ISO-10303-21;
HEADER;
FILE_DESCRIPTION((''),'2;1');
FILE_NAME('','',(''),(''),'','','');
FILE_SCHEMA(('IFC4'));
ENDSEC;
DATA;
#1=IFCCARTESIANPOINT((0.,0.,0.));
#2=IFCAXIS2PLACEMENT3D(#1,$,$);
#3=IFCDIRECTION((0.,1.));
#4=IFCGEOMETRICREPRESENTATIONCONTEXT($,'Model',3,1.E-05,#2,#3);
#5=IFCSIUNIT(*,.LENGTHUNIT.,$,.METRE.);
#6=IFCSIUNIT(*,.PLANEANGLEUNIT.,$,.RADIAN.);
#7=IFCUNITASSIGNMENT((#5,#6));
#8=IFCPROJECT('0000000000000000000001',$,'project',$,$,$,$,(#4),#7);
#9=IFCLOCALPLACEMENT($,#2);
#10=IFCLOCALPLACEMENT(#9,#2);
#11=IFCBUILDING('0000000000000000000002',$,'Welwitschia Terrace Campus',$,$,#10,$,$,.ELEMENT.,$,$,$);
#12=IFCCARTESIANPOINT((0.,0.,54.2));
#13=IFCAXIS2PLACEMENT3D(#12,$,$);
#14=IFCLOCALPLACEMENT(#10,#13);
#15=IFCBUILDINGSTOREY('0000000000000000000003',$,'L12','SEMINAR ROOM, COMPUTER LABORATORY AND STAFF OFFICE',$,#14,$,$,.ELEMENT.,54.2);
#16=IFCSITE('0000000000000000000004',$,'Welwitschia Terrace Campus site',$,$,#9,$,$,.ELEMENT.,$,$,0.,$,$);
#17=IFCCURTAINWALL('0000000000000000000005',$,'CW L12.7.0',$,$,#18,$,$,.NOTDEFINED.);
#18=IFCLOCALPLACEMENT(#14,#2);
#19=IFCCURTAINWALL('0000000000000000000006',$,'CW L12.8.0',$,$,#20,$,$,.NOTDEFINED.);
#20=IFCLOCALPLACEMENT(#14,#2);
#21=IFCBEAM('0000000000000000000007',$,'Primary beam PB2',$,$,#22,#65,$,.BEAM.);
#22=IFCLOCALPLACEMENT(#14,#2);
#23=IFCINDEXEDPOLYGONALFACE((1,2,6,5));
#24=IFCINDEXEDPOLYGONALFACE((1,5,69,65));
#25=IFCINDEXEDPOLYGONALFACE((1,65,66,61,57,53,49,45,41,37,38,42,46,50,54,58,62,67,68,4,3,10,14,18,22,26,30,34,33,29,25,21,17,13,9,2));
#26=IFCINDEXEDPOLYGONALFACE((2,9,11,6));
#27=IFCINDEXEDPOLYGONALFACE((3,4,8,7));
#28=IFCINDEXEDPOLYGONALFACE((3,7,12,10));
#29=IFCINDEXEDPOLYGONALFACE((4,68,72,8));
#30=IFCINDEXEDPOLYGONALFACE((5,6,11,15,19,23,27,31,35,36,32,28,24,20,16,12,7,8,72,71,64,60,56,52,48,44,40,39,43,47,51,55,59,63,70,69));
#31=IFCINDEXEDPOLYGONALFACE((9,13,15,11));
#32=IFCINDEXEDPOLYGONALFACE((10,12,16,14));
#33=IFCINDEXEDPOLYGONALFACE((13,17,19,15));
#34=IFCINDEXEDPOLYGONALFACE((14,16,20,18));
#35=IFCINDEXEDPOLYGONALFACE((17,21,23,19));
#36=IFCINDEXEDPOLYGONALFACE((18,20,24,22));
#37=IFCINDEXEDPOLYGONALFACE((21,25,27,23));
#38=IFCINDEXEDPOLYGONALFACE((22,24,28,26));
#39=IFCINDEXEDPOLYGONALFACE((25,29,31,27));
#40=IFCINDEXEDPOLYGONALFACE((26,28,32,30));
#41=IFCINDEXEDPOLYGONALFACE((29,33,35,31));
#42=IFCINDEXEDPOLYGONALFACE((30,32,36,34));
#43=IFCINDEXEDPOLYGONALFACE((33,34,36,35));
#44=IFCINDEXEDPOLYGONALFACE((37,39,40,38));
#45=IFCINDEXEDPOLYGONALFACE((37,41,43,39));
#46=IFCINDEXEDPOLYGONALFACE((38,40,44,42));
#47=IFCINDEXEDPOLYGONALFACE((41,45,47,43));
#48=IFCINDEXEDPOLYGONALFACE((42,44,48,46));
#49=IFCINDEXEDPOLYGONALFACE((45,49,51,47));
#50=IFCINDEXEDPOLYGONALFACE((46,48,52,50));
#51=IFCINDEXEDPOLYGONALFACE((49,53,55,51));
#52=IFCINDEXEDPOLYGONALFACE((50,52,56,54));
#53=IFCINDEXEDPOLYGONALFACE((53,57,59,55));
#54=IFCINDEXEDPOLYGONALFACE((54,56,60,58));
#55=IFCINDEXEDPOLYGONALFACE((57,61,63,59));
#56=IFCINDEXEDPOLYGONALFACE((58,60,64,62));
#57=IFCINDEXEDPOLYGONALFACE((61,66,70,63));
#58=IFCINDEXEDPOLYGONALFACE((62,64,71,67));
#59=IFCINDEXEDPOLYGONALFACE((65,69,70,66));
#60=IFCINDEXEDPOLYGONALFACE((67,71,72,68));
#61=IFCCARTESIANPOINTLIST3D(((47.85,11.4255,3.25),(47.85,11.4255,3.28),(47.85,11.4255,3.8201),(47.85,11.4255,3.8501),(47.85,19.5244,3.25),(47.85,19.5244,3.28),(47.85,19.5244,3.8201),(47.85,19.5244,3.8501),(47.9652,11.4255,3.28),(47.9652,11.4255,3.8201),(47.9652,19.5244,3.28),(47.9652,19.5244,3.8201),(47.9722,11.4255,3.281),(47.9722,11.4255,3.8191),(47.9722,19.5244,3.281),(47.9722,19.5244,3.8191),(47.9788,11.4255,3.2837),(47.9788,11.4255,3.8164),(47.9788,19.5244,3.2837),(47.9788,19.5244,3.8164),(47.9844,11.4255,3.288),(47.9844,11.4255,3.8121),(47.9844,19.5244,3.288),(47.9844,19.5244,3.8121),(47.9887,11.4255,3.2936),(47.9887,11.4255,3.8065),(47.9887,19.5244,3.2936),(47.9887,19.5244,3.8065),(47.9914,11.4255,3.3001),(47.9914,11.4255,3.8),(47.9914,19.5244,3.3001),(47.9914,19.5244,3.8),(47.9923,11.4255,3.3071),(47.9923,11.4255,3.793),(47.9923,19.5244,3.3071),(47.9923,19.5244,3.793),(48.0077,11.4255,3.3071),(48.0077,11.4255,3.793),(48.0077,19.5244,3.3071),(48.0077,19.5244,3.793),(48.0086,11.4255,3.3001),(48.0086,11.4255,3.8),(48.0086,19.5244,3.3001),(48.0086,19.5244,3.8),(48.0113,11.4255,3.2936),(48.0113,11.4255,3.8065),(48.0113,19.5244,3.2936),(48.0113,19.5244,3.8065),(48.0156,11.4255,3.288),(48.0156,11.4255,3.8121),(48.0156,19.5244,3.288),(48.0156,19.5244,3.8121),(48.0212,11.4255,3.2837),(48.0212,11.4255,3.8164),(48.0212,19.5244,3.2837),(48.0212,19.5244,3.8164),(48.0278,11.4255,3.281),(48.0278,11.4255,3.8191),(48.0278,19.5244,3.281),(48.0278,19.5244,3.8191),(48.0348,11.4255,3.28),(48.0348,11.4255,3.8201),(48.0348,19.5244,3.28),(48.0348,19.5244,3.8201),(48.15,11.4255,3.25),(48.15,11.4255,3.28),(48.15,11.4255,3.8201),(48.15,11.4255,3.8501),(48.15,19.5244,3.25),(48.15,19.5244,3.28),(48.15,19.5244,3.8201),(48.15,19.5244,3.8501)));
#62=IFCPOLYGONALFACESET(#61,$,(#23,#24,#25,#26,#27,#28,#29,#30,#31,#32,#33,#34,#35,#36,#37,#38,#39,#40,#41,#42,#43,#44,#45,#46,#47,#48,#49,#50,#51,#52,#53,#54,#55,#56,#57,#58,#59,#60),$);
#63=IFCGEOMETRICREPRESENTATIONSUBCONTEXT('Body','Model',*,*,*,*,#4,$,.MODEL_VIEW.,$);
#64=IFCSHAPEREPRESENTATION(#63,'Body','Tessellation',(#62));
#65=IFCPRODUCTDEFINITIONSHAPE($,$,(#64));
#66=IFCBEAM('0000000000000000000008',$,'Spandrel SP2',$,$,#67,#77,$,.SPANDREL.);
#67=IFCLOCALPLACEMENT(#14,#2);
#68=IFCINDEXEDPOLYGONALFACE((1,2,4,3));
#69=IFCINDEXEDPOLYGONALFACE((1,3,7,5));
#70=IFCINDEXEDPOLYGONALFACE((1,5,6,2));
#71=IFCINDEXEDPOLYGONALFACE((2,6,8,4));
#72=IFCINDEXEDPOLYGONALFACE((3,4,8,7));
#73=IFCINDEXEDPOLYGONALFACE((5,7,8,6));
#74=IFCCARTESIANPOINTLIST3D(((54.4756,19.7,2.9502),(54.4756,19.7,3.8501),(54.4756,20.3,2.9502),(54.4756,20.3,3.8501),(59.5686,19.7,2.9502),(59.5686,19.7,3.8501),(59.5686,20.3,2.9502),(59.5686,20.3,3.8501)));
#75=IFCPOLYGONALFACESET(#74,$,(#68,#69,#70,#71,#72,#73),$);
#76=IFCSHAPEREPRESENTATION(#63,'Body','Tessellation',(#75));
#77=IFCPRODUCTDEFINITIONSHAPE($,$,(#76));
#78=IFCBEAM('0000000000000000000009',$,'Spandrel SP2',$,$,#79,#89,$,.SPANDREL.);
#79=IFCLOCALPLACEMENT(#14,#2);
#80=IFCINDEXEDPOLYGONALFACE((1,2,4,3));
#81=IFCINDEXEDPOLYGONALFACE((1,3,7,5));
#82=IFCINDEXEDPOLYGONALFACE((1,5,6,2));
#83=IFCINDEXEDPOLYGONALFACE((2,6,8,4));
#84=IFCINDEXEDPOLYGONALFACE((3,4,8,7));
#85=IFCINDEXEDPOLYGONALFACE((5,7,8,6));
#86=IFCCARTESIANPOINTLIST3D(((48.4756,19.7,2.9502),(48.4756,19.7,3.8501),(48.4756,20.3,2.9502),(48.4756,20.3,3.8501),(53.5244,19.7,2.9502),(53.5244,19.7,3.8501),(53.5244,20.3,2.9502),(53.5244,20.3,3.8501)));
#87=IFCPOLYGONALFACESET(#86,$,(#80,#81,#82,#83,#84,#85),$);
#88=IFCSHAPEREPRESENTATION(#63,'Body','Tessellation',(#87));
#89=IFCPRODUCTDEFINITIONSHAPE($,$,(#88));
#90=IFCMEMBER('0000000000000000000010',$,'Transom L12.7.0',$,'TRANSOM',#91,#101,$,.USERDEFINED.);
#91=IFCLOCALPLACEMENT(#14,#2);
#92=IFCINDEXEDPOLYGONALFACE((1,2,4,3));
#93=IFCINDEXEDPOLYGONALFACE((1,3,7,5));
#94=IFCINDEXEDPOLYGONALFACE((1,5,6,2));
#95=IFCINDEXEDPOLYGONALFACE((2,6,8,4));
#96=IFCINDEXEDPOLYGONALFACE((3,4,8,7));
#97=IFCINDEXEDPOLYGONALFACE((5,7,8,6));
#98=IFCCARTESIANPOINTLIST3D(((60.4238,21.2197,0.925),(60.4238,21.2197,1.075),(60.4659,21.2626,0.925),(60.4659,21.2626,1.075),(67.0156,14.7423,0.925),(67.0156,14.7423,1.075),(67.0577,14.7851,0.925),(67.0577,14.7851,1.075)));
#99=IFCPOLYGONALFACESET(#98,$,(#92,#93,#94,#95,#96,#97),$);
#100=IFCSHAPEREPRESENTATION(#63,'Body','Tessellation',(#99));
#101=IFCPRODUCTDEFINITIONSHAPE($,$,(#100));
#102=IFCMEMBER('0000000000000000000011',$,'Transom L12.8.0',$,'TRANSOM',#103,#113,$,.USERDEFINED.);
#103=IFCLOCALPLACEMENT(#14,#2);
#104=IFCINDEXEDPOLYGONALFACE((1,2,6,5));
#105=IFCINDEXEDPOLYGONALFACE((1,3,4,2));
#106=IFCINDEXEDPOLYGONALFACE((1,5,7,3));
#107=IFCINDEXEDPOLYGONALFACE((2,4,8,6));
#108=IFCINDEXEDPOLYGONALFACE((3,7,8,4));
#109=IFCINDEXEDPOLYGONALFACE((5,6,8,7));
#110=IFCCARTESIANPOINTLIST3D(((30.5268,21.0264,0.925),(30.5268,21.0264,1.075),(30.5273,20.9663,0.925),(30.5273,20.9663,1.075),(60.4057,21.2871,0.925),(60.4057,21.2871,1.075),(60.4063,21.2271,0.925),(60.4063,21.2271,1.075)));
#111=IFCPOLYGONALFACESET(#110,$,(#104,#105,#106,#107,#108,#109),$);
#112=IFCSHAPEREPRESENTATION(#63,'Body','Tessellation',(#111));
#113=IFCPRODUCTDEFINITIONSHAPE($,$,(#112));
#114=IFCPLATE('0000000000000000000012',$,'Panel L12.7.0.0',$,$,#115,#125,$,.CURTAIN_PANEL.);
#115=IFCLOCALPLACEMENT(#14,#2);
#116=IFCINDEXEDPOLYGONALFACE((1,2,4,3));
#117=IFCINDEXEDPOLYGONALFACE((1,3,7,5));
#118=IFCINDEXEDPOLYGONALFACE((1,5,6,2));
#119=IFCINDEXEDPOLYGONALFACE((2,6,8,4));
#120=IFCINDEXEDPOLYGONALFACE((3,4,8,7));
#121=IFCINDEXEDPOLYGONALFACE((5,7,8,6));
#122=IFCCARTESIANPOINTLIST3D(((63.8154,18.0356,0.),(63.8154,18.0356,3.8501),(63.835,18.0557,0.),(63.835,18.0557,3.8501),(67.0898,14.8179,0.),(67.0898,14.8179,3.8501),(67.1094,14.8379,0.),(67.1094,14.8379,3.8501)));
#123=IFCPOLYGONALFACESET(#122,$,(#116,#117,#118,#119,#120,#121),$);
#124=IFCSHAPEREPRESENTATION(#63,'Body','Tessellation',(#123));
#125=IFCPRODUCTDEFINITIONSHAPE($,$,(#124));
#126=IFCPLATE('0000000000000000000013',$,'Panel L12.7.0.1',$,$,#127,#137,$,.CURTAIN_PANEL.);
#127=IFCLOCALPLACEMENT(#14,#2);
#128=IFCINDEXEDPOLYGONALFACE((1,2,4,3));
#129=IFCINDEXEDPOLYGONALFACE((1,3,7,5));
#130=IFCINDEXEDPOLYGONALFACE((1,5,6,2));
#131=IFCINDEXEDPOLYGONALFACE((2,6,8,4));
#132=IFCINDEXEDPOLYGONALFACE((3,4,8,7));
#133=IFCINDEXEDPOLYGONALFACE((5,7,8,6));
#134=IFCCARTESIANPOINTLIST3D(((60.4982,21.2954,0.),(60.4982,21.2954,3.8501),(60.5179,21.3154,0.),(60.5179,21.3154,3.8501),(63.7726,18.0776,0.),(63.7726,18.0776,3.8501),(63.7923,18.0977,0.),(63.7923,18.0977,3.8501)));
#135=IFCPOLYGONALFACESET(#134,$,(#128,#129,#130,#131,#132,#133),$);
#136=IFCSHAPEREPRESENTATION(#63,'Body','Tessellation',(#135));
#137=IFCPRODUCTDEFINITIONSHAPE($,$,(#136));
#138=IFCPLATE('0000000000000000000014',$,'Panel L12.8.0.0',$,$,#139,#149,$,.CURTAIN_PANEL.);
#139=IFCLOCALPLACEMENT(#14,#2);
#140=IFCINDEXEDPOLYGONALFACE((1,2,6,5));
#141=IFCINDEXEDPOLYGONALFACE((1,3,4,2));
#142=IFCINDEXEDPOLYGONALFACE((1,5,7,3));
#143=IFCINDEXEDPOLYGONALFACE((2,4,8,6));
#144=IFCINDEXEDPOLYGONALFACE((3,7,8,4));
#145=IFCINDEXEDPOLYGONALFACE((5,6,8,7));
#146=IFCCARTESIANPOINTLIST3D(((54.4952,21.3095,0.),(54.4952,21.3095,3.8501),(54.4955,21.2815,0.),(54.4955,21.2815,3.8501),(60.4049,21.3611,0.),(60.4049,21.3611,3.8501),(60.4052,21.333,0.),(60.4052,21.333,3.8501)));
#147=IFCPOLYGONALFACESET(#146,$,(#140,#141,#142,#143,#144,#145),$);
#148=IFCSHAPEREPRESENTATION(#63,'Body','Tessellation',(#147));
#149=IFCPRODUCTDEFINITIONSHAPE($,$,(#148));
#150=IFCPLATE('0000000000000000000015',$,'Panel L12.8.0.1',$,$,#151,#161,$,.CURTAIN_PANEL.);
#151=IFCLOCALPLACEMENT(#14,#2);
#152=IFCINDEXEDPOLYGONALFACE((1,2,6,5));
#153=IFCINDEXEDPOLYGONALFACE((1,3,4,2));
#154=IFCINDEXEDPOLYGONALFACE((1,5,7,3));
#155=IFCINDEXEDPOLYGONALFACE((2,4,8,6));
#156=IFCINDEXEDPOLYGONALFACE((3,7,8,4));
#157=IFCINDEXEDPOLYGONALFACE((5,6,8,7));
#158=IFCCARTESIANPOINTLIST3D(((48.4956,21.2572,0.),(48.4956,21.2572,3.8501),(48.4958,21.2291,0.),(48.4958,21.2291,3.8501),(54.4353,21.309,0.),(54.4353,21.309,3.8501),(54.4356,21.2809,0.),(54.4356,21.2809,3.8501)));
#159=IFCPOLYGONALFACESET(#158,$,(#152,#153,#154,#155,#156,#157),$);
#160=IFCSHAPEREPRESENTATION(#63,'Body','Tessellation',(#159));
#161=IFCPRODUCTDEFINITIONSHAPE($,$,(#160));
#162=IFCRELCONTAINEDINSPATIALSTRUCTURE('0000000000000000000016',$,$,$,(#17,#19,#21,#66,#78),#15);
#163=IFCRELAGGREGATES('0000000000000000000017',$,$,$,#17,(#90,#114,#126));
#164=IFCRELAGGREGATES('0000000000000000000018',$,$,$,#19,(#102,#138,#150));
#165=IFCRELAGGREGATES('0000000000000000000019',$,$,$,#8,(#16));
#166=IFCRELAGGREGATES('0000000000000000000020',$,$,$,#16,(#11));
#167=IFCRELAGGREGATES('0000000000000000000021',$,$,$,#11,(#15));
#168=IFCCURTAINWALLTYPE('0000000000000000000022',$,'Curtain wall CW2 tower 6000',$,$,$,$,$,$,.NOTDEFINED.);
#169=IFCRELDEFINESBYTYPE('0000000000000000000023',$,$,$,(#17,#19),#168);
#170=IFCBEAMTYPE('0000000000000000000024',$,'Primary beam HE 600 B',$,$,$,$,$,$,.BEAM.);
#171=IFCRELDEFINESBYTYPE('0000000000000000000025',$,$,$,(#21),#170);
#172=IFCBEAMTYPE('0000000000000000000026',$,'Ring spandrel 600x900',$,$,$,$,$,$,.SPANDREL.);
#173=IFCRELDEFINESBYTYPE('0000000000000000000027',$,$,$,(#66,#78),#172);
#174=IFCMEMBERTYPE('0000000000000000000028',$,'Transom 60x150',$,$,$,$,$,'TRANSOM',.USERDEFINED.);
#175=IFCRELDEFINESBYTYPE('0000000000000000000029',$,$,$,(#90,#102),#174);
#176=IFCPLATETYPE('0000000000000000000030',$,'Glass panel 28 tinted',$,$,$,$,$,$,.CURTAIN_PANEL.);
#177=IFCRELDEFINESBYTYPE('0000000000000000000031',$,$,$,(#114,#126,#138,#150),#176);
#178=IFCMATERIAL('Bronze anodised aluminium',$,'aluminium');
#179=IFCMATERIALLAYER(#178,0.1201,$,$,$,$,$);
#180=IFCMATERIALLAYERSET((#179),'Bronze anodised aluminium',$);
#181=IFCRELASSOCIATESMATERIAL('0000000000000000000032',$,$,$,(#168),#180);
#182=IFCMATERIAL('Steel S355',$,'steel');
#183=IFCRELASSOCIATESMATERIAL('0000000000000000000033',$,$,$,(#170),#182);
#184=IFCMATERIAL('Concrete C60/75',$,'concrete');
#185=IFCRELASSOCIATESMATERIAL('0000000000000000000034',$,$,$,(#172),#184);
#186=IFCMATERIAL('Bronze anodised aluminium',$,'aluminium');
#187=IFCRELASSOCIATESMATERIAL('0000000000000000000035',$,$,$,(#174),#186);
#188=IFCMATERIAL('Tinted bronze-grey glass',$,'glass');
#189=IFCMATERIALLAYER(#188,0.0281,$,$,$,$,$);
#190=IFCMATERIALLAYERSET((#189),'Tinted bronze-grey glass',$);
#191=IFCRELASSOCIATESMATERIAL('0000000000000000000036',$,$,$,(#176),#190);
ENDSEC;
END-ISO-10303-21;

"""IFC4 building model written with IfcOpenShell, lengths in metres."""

from ifc_helpers import new_model, si_unit, direction, frame, origin, origin_2d, place, context, subcontext, project, spatial, rectangle, i_section, extrude, material, layer, layer_set, material_profile, profile_set, type_object, element, aggregate, save


model = new_model("IFC4")

# Units and contexts
model_context = context("Model", 3, precision=1e-05, world=origin(), true_north=direction((0.0, 1.0)))
body_context = subcontext(model_context, "Body", "Model", "MODEL_VIEW")
ifc_project = project(units=[si_unit("LENGTHUNIT", "METRE"), si_unit("PLANEANGLEUNIT", "RADIAN")], contexts=[model_context])

# Site, building, storey
site_placement = place(None, origin())
site = spatial("IfcSite", under=ifc_project, at=site_placement, Name="Welwitschia Terrace Campus site", CompositionType="ELEMENT", RefElevation=0.0)
building_placement = place(site_placement, origin())
building = spatial("IfcBuilding", under=site, at=building_placement, Name="Welwitschia Terrace Campus", CompositionType="ELEMENT")
storey_placement = place(building_placement, frame((0.0, 0.0, 54.2)))
storey = spatial("IfcBuildingStorey", under=building, at=storey_placement, Name="L12", Description="SEMINAR ROOM, COMPUTER LABORATORY AND STAFF OFFICE", CompositionType="ELEMENT", Elevation=54.2)

# Curtain walls
ifc_material_1 = material(Name="Bronze anodised aluminium", Category="aluminium")
ifc_layer_1 = layer(ifc_material_1, 0.1201)
ifc_layer_set_1 = layer_set([ifc_layer_1], Name="Bronze anodised aluminium")
curtain_wall_type = type_object("IfcCurtainWallType", Name="Curtain wall CW2 tower 6000", PredefinedType="NOTDEFINED", material=ifc_layer_set_1)
curtain_wall_1_placement = place(storey_placement, origin())
curtain_wall_1 = element("IfcCurtainWall", 1, at=curtain_wall_1_placement, inside=storey, type_object=curtain_wall_type, Name="CW L12.7.0", PredefinedType="NOTDEFINED")
curtain_wall_2_placement = place(storey_placement, origin())
curtain_wall_2 = element("IfcCurtainWall", 2, at=curtain_wall_2_placement, inside=storey, type_object=curtain_wall_type, Name="CW L12.8.0", PredefinedType="NOTDEFINED")

# Beams
ifc_material_2 = material(Name="Steel S355", Category="steel")
ifc_material_profile_1 = material_profile(ifc_material_2, i_section(OverallWidth=0.3, OverallDepth=0.6001, WebThickness=0.0154, FlangeThickness=0.03, FilletRadius=0.0271, at=origin_2d()))
ifc_profile_set_1 = profile_set([ifc_material_profile_1], Name="Steel S355")
beam_type_1 = type_object("IfcBeamType", Name="Primary beam HE 600 B", PredefinedType="BEAM", material=ifc_profile_set_1)
beam_1_placement = place(storey_placement, frame((48.0, 19.5244, 3.55), z_axis=(0.0, -1.0, 0.0), x_axis=(1.0, 0.0, 0.0)))
element("IfcBeam", 3, at=beam_1_placement, inside=storey, type_object=beam_type_1, Name="Primary beam PB2", PredefinedType="BEAM", context=body_context, shape_type="SweptSolid", body=[
    extrude(i_section(OverallWidth=0.3, OverallDepth=0.6001, WebThickness=0.0154, FlangeThickness=0.03, FilletRadius=0.0271, at=origin_2d()), origin(), (0.0, 0.0, 1.0), 8.0989),
])
ifc_material_3 = material(Name="Concrete C60/75", Category="concrete")
ifc_material_profile_2 = material_profile(ifc_material_3, rectangle(XDim=0.6001, YDim=0.8999, at=origin_2d()))
ifc_profile_set_2 = profile_set([ifc_material_profile_2], Name="Concrete C60/75")
beam_type_2 = type_object("IfcBeamType", Name="Ring spandrel 600x900", PredefinedType="SPANDREL", material=ifc_profile_set_2)
beam_2_placement = place(storey_placement, frame((59.5686, 20.0, 3.4001), z_axis=(-1.0, 0.0, 0.0), x_axis=(0.0, -1.0, 0.0)))
element("IfcBeam", 4, at=beam_2_placement, inside=storey, type_object=beam_type_2, Name="Spandrel SP2", PredefinedType="SPANDREL", context=body_context, shape_type="SweptSolid", body=[
    extrude(rectangle(XDim=0.6001, YDim=0.8999, at=origin_2d()), origin(), (0.0, 0.0, 1.0), 5.093),
])
beam_3_placement = place(storey_placement, frame((53.5244, 20.0, 3.4001), z_axis=(-1.0, 0.0, 0.0), x_axis=(0.0, -1.0, 0.0)))
element("IfcBeam", 5, at=beam_3_placement, inside=storey, type_object=beam_type_2, Name="Spandrel SP2", PredefinedType="SPANDREL", context=body_context, shape_type="SweptSolid", body=[
    extrude(rectangle(XDim=0.6001, YDim=0.8999, at=origin_2d()), origin(), (0.0, 0.0, 1.0), 5.0488),
])

# Members
ifc_material_4 = material(Name="Bronze anodised aluminium", Category="aluminium")
ifc_material_profile_3 = material_profile(ifc_material_4, rectangle(XDim=0.0601, YDim=0.1499, at=origin_2d()))
ifc_profile_set_3 = profile_set([ifc_material_profile_3], Name="Bronze anodised aluminium")
member_type_1 = type_object("IfcMemberType", Name="Transom 60x150", ElementType="TRANSOM", PredefinedType="USERDEFINED", material=ifc_profile_set_3)
member_1_placement = place(storey_placement, frame((67.0366, 14.7637, 1.0), z_axis=(-0.713261, 0.700898, 0.0), x_axis=(-0.700898, -0.713261, 0.0)))
member_1 = element("IfcMember", 6, at=member_1_placement, type_object=member_type_1, Name="Transom L12.7.0", ObjectType="TRANSOM", PredefinedType="USERDEFINED", context=body_context, shape_type="SweptSolid", body=[
    extrude(rectangle(XDim=0.0601, YDim=0.1499, at=origin_2d()), origin(), (0.0, 0.0, 1.0), 9.2417),
])
member_2_placement = place(storey_placement, frame((60.406, 21.2571, 1.0), z_axis=(-0.999962, -0.008726, 0.0), x_axis=(0.008726, -0.999962, 0.0)))
member_2 = element("IfcMember", 7, at=member_2_placement, type_object=member_type_1, Name="Transom L12.8.0", ObjectType="TRANSOM", PredefinedType="USERDEFINED", context=body_context, shape_type="SweptSolid", body=[
    extrude(rectangle(XDim=0.0601, YDim=0.1499, at=origin_2d()), origin(), (0.0, 0.0, 1.0), 29.8801),
])

# Plates
ifc_material_5 = material(Name="Tinted bronze-grey glass", Category="glass")
ifc_layer_2 = layer(ifc_material_5, 0.0281)
ifc_layer_set_2 = layer_set([ifc_layer_2], Name="Tinted bronze-grey glass")
plate_type = type_object("IfcPlateType", Name="Glass panel 28 tinted", PredefinedType="CURTAIN_PANEL", material=ifc_layer_set_2)
plate_1_placement = place(storey_placement, frame((65.4624, 16.4368, 0.0), z_axis=(0.0, 0.0, 1.0), x_axis=(-0.71325, 0.700909, 0.0)))
plate_1 = element("IfcPlate", 8, at=plate_1_placement, type_object=plate_type, Name="Panel L12.7.0.0", PredefinedType="CURTAIN_PANEL", context=body_context, shape_type="SweptSolid", body=[
    extrude(rectangle(XDim=4.5908, YDim=0.0281, at=origin_2d()), origin(), (0.0, 0.0, 1.0), 3.8501),
])
plate_2_placement = place(storey_placement, frame((62.1453, 19.6965, 0.0), z_axis=(0.0, 0.0, 1.0), x_axis=(-0.71325, 0.700909, 0.0)))
plate_2 = element("IfcPlate", 9, at=plate_2_placement, type_object=plate_type, Name="Panel L12.7.0.1", PredefinedType="CURTAIN_PANEL", context=body_context, shape_type="SweptSolid", body=[
    extrude(rectangle(XDim=4.5908, YDim=0.0281, at=origin_2d()), origin(), (0.0, 0.0, 1.0), 3.8501),
])
aggregate(curtain_wall_1, [member_1, plate_1, plate_2])
plate_3_placement = place(storey_placement, frame((57.4502, 21.3213, 0.0), z_axis=(0.0, 0.0, 1.0), x_axis=(-0.999962, -0.008727, 0.0)))
plate_3 = element("IfcPlate", 10, at=plate_3_placement, type_object=plate_type, Name="Panel L12.8.0.0", PredefinedType="CURTAIN_PANEL", context=body_context, shape_type="SweptSolid", body=[
    extrude(rectangle(XDim=5.9099, YDim=0.0281, at=origin_2d()), origin(), (0.0, 0.0, 1.0), 3.8501),
])
plate_4_placement = place(storey_placement, frame((51.4656, 21.269, 0.0), z_axis=(0.0, 0.0, 1.0), x_axis=(-0.999962, -0.008727, 0.0)))
plate_4 = element("IfcPlate", 11, at=plate_4_placement, type_object=plate_type, Name="Panel L12.8.0.1", PredefinedType="CURTAIN_PANEL", context=body_context, shape_type="SweptSolid", body=[
    extrude(rectangle(XDim=5.9399, YDim=0.0281, at=origin_2d()), origin(), (0.0, 0.0, 1.0), 3.8501),
])
aggregate(curtain_wall_2, [member_2, plate_3, plate_4])

save(model, "model.ifc")
